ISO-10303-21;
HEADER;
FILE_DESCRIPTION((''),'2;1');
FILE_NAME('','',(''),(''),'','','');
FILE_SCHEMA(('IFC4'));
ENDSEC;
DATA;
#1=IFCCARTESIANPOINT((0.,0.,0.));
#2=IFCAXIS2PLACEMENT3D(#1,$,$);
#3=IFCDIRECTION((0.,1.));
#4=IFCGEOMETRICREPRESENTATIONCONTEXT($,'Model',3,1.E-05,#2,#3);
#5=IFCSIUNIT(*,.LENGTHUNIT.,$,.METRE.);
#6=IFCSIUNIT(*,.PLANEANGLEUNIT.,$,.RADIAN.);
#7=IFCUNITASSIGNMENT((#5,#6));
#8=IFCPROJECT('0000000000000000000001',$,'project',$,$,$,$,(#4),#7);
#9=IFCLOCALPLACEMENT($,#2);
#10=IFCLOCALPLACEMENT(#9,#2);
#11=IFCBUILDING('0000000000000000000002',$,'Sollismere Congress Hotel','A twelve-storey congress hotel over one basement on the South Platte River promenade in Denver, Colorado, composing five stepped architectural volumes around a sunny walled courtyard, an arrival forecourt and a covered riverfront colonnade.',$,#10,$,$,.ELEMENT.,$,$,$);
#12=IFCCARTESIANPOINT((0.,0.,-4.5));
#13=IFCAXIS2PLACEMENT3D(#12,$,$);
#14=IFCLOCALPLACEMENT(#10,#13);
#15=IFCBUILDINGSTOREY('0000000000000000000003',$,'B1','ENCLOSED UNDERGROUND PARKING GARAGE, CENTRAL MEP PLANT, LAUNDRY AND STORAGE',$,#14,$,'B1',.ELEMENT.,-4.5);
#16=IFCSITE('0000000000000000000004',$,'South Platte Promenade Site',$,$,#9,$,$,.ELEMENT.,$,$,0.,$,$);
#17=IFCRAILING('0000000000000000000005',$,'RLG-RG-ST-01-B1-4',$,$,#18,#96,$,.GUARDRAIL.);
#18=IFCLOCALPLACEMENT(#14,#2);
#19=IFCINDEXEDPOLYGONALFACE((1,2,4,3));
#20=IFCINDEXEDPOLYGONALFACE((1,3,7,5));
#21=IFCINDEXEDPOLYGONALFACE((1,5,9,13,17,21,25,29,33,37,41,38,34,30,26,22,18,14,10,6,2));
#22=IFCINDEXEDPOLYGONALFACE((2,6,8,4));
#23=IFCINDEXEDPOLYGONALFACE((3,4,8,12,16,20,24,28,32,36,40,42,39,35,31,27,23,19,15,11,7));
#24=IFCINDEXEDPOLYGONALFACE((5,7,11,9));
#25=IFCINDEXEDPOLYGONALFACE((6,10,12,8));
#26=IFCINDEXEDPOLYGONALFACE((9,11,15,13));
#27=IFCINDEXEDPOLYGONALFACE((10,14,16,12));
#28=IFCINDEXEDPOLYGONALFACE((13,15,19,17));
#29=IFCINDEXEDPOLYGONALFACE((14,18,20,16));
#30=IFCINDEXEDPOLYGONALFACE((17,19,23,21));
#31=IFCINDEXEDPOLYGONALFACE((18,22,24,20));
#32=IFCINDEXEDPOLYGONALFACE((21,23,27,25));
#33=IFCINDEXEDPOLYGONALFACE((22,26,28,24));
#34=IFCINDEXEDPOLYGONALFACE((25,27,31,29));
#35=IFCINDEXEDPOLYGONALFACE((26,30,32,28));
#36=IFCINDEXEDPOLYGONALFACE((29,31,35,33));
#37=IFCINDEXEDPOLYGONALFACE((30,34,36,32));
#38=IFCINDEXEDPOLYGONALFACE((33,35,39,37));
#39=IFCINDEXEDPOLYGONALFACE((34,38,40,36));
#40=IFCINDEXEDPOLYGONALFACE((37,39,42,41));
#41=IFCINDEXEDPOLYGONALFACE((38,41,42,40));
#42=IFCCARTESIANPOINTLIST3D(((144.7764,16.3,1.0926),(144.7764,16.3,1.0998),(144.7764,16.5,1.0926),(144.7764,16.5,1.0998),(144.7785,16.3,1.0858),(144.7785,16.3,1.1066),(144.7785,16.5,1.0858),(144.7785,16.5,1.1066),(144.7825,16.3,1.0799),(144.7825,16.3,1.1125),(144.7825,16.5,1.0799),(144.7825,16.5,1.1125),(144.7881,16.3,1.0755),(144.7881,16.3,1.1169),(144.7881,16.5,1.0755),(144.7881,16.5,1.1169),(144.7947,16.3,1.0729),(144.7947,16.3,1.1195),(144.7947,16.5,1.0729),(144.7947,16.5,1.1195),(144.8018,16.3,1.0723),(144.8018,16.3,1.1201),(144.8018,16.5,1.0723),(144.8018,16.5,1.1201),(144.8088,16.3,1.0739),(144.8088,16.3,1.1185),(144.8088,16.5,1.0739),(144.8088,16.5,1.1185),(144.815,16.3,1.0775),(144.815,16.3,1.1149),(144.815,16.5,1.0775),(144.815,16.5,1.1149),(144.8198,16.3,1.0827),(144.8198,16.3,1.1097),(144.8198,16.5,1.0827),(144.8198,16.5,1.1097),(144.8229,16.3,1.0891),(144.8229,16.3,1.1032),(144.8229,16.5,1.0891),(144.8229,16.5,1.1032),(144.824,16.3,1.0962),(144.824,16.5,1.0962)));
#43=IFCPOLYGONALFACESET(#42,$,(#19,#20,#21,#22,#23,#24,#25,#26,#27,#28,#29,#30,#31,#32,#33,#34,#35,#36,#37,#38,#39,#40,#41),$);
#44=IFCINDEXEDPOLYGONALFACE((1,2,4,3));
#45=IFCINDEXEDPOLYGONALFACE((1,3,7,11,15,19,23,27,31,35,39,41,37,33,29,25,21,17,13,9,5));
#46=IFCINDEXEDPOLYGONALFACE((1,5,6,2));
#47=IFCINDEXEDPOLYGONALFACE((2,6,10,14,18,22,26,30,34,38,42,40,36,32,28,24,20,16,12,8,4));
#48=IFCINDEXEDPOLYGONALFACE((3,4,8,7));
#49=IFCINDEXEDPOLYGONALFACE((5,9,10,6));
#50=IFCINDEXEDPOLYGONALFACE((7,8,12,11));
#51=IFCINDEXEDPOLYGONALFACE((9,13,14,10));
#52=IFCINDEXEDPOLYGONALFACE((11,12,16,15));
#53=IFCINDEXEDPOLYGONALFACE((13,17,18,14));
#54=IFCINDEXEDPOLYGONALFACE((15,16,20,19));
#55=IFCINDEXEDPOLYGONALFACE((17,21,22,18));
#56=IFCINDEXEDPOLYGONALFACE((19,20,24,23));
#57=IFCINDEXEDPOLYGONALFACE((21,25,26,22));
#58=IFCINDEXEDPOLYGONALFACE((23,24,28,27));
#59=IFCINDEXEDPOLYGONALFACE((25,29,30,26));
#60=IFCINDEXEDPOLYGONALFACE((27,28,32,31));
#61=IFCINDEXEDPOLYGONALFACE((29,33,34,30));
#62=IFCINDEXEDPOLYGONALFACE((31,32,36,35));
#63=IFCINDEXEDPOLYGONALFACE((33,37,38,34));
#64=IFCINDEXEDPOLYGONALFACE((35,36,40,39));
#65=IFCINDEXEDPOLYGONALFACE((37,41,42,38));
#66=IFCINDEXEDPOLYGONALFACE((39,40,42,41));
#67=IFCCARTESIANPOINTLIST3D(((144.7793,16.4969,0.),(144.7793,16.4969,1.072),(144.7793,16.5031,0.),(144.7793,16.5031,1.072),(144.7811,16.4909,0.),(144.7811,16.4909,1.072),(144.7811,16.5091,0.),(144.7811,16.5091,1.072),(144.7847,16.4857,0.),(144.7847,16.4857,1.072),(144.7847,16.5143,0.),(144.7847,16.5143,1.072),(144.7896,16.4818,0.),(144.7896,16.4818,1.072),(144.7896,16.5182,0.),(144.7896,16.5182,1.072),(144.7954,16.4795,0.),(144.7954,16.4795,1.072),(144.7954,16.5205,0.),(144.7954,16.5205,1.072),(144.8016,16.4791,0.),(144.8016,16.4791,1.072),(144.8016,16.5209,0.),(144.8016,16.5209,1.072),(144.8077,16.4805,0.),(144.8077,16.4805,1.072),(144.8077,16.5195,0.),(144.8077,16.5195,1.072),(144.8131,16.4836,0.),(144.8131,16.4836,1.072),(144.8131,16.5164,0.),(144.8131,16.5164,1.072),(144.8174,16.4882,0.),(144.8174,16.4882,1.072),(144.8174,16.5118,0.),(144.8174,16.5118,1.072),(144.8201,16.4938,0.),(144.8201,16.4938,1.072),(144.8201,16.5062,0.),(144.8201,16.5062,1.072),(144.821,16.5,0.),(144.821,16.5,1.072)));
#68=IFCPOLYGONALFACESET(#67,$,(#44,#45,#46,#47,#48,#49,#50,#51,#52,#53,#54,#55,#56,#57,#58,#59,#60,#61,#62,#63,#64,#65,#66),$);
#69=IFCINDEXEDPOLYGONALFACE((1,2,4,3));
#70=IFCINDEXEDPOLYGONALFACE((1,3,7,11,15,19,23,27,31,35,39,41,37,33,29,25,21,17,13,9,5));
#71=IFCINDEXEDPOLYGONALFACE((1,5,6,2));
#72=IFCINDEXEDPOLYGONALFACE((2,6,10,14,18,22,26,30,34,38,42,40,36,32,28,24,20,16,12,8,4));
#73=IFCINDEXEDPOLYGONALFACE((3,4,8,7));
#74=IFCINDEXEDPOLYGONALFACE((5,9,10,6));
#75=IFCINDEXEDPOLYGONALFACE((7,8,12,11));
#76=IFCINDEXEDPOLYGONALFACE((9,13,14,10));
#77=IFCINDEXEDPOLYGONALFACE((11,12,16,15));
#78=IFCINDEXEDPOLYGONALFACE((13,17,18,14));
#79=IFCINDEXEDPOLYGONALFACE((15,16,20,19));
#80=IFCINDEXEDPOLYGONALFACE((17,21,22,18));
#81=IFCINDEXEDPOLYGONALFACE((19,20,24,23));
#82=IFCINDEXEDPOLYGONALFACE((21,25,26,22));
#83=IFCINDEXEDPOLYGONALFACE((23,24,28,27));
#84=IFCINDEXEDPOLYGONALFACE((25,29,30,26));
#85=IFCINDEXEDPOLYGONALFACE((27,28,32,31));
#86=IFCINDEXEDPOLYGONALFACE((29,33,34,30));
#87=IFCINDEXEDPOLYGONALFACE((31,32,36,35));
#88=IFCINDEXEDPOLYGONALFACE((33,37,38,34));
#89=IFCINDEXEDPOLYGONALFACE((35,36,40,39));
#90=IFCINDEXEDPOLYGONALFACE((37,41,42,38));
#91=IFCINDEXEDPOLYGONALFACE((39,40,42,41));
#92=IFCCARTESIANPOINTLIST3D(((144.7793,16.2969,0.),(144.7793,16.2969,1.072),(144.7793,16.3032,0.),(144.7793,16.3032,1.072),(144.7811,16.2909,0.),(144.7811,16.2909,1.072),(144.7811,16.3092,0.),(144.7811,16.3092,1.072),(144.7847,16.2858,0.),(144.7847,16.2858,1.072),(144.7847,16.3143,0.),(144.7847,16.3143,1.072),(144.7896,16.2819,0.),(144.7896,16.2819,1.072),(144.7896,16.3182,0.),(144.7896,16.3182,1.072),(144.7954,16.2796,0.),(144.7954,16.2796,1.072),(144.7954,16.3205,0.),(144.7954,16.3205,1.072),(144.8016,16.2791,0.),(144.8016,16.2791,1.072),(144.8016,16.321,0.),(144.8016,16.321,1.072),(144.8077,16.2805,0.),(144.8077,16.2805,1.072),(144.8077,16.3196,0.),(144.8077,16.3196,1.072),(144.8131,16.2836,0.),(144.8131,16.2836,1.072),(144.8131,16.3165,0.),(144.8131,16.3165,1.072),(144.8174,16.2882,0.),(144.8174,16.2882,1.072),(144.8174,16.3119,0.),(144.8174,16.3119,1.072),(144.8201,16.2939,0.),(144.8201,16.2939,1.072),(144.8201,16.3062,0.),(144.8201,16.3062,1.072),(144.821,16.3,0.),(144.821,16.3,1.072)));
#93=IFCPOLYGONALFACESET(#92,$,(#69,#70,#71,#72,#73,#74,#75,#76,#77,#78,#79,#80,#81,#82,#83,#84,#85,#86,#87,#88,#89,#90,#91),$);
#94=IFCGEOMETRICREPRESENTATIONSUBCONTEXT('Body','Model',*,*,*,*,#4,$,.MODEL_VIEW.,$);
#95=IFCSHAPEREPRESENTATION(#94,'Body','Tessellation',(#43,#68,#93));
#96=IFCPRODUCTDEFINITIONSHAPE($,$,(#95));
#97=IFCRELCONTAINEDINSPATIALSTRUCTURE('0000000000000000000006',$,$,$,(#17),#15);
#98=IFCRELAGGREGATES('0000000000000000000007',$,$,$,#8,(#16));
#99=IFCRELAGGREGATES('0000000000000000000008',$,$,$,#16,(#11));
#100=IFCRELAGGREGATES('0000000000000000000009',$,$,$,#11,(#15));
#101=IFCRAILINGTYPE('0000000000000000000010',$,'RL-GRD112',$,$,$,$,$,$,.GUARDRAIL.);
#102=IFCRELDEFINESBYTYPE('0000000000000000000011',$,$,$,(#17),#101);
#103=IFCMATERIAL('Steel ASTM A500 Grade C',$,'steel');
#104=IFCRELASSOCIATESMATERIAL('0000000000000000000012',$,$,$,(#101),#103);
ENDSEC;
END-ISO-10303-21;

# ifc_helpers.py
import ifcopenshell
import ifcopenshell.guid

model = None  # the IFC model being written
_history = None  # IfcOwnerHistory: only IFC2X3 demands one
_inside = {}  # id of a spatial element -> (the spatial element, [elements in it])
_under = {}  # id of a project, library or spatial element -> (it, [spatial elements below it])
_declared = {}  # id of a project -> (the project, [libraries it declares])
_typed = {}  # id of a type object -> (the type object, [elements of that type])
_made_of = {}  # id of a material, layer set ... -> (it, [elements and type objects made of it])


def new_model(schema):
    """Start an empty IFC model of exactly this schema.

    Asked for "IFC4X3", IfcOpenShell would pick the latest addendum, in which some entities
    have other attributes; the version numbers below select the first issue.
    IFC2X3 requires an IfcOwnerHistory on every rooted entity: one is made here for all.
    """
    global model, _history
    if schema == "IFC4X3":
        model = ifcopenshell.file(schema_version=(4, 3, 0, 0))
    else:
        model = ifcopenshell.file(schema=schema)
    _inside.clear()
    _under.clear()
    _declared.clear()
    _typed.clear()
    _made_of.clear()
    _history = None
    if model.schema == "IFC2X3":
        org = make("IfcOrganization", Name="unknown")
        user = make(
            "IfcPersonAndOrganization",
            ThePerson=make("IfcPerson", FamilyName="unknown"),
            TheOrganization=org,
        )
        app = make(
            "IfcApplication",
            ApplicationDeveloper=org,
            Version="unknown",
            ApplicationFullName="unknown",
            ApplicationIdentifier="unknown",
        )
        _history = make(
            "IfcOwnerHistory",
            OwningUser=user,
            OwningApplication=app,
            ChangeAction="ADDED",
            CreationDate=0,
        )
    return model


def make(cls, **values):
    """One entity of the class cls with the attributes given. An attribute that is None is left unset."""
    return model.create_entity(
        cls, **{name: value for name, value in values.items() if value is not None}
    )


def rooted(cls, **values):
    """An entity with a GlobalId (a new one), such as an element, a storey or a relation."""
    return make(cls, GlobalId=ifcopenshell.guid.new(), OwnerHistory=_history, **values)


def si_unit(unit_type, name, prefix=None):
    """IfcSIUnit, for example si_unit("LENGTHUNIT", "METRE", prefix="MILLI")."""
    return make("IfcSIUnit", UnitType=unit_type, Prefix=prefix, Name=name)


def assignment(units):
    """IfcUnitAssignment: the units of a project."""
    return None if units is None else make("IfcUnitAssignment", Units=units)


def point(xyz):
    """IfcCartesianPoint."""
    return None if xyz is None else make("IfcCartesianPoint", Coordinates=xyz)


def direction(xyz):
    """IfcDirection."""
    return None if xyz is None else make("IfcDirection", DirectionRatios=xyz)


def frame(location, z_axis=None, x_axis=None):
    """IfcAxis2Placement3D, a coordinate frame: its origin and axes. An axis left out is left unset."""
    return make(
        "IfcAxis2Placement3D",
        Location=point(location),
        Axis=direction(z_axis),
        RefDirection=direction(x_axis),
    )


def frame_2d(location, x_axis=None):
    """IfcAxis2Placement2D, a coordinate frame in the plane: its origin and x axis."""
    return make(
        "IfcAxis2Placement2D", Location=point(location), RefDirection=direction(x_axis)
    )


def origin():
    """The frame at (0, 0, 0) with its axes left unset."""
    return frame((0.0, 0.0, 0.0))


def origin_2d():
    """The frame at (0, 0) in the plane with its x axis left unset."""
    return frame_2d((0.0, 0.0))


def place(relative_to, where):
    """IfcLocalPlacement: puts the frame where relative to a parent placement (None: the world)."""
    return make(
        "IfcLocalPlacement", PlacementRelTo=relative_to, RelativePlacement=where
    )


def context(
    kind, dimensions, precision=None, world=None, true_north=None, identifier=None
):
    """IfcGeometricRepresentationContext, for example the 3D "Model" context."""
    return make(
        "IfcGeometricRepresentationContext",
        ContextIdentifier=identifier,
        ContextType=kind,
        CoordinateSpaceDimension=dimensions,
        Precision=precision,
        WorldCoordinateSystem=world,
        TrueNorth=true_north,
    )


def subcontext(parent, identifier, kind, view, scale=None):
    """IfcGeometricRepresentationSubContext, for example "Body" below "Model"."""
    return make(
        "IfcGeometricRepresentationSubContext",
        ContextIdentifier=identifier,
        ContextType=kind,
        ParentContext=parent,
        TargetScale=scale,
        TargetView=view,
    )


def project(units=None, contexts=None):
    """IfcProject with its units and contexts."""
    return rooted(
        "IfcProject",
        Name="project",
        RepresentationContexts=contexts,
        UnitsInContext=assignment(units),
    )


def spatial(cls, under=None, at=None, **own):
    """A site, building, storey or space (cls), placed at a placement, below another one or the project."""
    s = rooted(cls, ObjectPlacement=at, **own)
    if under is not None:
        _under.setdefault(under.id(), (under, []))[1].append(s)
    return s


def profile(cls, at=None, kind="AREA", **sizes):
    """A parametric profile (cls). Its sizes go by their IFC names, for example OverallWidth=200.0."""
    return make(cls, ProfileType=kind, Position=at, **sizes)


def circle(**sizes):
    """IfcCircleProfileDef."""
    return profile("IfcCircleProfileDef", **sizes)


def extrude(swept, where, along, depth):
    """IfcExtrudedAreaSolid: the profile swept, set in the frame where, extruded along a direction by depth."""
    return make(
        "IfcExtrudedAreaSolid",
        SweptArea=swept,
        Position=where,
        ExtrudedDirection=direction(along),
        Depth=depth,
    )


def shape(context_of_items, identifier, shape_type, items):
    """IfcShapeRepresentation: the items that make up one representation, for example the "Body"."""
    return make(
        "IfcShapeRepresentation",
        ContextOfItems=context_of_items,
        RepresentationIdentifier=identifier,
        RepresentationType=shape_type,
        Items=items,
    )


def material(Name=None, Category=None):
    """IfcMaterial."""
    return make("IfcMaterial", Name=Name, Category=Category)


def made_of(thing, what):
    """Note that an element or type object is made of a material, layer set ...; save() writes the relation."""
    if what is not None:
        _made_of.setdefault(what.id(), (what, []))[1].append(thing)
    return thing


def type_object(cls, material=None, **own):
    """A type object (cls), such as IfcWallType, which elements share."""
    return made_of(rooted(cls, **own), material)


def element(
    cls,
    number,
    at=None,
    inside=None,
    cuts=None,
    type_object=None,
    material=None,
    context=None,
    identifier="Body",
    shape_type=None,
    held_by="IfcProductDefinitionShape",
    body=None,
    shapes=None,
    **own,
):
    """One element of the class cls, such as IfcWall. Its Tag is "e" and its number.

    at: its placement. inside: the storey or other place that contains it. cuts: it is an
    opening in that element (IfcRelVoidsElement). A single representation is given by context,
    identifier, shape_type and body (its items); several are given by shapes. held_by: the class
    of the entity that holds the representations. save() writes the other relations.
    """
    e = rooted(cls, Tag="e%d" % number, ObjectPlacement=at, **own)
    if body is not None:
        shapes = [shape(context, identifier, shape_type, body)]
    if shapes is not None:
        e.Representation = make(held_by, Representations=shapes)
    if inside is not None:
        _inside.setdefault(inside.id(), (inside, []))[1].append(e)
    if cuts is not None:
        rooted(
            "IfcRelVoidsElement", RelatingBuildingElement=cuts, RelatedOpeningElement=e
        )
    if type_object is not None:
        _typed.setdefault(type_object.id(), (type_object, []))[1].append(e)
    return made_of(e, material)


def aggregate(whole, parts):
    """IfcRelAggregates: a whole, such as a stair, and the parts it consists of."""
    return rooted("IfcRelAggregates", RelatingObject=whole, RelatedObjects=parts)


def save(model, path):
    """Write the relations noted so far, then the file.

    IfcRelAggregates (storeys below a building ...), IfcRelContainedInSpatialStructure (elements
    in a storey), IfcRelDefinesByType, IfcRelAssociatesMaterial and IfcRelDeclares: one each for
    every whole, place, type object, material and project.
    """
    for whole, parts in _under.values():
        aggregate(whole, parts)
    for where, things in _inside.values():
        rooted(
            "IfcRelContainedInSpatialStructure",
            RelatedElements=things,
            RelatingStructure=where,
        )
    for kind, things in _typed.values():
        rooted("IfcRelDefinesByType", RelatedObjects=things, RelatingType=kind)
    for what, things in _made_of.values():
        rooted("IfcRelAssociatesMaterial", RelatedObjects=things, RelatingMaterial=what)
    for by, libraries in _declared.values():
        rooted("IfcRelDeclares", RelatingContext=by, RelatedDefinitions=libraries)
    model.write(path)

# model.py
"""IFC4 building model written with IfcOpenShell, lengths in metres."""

from ifc_helpers import new_model, si_unit, direction, frame, origin, origin_2d, place, context, subcontext, project, spatial, circle, extrude, material, type_object, element, save


model = new_model("IFC4")

# Units and contexts
model_context = context("Model", 3, precision=1e-05, world=origin(), true_north=direction((0.0, 1.0)))
body_context = subcontext(model_context, "Body", "Model", "MODEL_VIEW")
ifc_project = project(units=[si_unit("LENGTHUNIT", "METRE"), si_unit("PLANEANGLEUNIT", "RADIAN")], contexts=[model_context])

# Site, building, storey
site_placement = place(None, origin())
site = spatial("IfcSite", under=ifc_project, at=site_placement, Name="South Platte Promenade Site", CompositionType="ELEMENT", RefElevation=0.0)
building_placement = place(site_placement, origin())
building = spatial("IfcBuilding", under=site, at=building_placement, Name="Sollismere Congress Hotel", Description="A twelve-storey congress hotel over one basement on the South Platte River promenade in Denver, Colorado, composing five stepped architectural volumes around a sunny walled courtyard, an arrival forecourt and a covered riverfront colonnade.", CompositionType="ELEMENT")
storey_placement = place(building_placement, frame((0.0, 0.0, -4.5)))
storey = spatial("IfcBuildingStorey", under=building, at=storey_placement, Name="B1", Description="ENCLOSED UNDERGROUND PARKING GARAGE, CENTRAL MEP PLANT, LAUNDRY AND STORAGE", LongName="B1", CompositionType="ELEMENT", Elevation=-4.5)

# Railing
ifc_material_1 = material(Name="Steel ASTM A500 Grade C", Category="steel")
railing_type_1 = type_object("IfcRailingType", Name="RL-GRD112", PredefinedType="GUARDRAIL", material=ifc_material_1)
railing_1_placement = place(storey_placement, frame((144.8, 16.5, 0.0)))
element("IfcRailing", 1, at=railing_1_placement, inside=storey, type_object=railing_type_1, Name="RLG-RG-ST-01-B1-4", PredefinedType="GUARDRAIL", context=body_context, shape_type="SweptSolid", body=[
    extrude(circle(Radius=0.0239, at=origin_2d()), frame((0.0, 0.0, 1.0962), z_axis=(0.0, -1.0, 0.0), x_axis=(1.0, 0.0, 0.0)), (0.0, 0.0, 1.0), 0.2),
    extrude(circle(Radius=0.021, at=origin_2d()), origin(), (0.0, 0.0, 1.0), 1.072),
    extrude(circle(Radius=0.021, at=origin_2d()), frame((0.0, -0.2, 0.0)), (0.0, 0.0, 1.0), 1.072),
])

save(model, "model.ifc")
